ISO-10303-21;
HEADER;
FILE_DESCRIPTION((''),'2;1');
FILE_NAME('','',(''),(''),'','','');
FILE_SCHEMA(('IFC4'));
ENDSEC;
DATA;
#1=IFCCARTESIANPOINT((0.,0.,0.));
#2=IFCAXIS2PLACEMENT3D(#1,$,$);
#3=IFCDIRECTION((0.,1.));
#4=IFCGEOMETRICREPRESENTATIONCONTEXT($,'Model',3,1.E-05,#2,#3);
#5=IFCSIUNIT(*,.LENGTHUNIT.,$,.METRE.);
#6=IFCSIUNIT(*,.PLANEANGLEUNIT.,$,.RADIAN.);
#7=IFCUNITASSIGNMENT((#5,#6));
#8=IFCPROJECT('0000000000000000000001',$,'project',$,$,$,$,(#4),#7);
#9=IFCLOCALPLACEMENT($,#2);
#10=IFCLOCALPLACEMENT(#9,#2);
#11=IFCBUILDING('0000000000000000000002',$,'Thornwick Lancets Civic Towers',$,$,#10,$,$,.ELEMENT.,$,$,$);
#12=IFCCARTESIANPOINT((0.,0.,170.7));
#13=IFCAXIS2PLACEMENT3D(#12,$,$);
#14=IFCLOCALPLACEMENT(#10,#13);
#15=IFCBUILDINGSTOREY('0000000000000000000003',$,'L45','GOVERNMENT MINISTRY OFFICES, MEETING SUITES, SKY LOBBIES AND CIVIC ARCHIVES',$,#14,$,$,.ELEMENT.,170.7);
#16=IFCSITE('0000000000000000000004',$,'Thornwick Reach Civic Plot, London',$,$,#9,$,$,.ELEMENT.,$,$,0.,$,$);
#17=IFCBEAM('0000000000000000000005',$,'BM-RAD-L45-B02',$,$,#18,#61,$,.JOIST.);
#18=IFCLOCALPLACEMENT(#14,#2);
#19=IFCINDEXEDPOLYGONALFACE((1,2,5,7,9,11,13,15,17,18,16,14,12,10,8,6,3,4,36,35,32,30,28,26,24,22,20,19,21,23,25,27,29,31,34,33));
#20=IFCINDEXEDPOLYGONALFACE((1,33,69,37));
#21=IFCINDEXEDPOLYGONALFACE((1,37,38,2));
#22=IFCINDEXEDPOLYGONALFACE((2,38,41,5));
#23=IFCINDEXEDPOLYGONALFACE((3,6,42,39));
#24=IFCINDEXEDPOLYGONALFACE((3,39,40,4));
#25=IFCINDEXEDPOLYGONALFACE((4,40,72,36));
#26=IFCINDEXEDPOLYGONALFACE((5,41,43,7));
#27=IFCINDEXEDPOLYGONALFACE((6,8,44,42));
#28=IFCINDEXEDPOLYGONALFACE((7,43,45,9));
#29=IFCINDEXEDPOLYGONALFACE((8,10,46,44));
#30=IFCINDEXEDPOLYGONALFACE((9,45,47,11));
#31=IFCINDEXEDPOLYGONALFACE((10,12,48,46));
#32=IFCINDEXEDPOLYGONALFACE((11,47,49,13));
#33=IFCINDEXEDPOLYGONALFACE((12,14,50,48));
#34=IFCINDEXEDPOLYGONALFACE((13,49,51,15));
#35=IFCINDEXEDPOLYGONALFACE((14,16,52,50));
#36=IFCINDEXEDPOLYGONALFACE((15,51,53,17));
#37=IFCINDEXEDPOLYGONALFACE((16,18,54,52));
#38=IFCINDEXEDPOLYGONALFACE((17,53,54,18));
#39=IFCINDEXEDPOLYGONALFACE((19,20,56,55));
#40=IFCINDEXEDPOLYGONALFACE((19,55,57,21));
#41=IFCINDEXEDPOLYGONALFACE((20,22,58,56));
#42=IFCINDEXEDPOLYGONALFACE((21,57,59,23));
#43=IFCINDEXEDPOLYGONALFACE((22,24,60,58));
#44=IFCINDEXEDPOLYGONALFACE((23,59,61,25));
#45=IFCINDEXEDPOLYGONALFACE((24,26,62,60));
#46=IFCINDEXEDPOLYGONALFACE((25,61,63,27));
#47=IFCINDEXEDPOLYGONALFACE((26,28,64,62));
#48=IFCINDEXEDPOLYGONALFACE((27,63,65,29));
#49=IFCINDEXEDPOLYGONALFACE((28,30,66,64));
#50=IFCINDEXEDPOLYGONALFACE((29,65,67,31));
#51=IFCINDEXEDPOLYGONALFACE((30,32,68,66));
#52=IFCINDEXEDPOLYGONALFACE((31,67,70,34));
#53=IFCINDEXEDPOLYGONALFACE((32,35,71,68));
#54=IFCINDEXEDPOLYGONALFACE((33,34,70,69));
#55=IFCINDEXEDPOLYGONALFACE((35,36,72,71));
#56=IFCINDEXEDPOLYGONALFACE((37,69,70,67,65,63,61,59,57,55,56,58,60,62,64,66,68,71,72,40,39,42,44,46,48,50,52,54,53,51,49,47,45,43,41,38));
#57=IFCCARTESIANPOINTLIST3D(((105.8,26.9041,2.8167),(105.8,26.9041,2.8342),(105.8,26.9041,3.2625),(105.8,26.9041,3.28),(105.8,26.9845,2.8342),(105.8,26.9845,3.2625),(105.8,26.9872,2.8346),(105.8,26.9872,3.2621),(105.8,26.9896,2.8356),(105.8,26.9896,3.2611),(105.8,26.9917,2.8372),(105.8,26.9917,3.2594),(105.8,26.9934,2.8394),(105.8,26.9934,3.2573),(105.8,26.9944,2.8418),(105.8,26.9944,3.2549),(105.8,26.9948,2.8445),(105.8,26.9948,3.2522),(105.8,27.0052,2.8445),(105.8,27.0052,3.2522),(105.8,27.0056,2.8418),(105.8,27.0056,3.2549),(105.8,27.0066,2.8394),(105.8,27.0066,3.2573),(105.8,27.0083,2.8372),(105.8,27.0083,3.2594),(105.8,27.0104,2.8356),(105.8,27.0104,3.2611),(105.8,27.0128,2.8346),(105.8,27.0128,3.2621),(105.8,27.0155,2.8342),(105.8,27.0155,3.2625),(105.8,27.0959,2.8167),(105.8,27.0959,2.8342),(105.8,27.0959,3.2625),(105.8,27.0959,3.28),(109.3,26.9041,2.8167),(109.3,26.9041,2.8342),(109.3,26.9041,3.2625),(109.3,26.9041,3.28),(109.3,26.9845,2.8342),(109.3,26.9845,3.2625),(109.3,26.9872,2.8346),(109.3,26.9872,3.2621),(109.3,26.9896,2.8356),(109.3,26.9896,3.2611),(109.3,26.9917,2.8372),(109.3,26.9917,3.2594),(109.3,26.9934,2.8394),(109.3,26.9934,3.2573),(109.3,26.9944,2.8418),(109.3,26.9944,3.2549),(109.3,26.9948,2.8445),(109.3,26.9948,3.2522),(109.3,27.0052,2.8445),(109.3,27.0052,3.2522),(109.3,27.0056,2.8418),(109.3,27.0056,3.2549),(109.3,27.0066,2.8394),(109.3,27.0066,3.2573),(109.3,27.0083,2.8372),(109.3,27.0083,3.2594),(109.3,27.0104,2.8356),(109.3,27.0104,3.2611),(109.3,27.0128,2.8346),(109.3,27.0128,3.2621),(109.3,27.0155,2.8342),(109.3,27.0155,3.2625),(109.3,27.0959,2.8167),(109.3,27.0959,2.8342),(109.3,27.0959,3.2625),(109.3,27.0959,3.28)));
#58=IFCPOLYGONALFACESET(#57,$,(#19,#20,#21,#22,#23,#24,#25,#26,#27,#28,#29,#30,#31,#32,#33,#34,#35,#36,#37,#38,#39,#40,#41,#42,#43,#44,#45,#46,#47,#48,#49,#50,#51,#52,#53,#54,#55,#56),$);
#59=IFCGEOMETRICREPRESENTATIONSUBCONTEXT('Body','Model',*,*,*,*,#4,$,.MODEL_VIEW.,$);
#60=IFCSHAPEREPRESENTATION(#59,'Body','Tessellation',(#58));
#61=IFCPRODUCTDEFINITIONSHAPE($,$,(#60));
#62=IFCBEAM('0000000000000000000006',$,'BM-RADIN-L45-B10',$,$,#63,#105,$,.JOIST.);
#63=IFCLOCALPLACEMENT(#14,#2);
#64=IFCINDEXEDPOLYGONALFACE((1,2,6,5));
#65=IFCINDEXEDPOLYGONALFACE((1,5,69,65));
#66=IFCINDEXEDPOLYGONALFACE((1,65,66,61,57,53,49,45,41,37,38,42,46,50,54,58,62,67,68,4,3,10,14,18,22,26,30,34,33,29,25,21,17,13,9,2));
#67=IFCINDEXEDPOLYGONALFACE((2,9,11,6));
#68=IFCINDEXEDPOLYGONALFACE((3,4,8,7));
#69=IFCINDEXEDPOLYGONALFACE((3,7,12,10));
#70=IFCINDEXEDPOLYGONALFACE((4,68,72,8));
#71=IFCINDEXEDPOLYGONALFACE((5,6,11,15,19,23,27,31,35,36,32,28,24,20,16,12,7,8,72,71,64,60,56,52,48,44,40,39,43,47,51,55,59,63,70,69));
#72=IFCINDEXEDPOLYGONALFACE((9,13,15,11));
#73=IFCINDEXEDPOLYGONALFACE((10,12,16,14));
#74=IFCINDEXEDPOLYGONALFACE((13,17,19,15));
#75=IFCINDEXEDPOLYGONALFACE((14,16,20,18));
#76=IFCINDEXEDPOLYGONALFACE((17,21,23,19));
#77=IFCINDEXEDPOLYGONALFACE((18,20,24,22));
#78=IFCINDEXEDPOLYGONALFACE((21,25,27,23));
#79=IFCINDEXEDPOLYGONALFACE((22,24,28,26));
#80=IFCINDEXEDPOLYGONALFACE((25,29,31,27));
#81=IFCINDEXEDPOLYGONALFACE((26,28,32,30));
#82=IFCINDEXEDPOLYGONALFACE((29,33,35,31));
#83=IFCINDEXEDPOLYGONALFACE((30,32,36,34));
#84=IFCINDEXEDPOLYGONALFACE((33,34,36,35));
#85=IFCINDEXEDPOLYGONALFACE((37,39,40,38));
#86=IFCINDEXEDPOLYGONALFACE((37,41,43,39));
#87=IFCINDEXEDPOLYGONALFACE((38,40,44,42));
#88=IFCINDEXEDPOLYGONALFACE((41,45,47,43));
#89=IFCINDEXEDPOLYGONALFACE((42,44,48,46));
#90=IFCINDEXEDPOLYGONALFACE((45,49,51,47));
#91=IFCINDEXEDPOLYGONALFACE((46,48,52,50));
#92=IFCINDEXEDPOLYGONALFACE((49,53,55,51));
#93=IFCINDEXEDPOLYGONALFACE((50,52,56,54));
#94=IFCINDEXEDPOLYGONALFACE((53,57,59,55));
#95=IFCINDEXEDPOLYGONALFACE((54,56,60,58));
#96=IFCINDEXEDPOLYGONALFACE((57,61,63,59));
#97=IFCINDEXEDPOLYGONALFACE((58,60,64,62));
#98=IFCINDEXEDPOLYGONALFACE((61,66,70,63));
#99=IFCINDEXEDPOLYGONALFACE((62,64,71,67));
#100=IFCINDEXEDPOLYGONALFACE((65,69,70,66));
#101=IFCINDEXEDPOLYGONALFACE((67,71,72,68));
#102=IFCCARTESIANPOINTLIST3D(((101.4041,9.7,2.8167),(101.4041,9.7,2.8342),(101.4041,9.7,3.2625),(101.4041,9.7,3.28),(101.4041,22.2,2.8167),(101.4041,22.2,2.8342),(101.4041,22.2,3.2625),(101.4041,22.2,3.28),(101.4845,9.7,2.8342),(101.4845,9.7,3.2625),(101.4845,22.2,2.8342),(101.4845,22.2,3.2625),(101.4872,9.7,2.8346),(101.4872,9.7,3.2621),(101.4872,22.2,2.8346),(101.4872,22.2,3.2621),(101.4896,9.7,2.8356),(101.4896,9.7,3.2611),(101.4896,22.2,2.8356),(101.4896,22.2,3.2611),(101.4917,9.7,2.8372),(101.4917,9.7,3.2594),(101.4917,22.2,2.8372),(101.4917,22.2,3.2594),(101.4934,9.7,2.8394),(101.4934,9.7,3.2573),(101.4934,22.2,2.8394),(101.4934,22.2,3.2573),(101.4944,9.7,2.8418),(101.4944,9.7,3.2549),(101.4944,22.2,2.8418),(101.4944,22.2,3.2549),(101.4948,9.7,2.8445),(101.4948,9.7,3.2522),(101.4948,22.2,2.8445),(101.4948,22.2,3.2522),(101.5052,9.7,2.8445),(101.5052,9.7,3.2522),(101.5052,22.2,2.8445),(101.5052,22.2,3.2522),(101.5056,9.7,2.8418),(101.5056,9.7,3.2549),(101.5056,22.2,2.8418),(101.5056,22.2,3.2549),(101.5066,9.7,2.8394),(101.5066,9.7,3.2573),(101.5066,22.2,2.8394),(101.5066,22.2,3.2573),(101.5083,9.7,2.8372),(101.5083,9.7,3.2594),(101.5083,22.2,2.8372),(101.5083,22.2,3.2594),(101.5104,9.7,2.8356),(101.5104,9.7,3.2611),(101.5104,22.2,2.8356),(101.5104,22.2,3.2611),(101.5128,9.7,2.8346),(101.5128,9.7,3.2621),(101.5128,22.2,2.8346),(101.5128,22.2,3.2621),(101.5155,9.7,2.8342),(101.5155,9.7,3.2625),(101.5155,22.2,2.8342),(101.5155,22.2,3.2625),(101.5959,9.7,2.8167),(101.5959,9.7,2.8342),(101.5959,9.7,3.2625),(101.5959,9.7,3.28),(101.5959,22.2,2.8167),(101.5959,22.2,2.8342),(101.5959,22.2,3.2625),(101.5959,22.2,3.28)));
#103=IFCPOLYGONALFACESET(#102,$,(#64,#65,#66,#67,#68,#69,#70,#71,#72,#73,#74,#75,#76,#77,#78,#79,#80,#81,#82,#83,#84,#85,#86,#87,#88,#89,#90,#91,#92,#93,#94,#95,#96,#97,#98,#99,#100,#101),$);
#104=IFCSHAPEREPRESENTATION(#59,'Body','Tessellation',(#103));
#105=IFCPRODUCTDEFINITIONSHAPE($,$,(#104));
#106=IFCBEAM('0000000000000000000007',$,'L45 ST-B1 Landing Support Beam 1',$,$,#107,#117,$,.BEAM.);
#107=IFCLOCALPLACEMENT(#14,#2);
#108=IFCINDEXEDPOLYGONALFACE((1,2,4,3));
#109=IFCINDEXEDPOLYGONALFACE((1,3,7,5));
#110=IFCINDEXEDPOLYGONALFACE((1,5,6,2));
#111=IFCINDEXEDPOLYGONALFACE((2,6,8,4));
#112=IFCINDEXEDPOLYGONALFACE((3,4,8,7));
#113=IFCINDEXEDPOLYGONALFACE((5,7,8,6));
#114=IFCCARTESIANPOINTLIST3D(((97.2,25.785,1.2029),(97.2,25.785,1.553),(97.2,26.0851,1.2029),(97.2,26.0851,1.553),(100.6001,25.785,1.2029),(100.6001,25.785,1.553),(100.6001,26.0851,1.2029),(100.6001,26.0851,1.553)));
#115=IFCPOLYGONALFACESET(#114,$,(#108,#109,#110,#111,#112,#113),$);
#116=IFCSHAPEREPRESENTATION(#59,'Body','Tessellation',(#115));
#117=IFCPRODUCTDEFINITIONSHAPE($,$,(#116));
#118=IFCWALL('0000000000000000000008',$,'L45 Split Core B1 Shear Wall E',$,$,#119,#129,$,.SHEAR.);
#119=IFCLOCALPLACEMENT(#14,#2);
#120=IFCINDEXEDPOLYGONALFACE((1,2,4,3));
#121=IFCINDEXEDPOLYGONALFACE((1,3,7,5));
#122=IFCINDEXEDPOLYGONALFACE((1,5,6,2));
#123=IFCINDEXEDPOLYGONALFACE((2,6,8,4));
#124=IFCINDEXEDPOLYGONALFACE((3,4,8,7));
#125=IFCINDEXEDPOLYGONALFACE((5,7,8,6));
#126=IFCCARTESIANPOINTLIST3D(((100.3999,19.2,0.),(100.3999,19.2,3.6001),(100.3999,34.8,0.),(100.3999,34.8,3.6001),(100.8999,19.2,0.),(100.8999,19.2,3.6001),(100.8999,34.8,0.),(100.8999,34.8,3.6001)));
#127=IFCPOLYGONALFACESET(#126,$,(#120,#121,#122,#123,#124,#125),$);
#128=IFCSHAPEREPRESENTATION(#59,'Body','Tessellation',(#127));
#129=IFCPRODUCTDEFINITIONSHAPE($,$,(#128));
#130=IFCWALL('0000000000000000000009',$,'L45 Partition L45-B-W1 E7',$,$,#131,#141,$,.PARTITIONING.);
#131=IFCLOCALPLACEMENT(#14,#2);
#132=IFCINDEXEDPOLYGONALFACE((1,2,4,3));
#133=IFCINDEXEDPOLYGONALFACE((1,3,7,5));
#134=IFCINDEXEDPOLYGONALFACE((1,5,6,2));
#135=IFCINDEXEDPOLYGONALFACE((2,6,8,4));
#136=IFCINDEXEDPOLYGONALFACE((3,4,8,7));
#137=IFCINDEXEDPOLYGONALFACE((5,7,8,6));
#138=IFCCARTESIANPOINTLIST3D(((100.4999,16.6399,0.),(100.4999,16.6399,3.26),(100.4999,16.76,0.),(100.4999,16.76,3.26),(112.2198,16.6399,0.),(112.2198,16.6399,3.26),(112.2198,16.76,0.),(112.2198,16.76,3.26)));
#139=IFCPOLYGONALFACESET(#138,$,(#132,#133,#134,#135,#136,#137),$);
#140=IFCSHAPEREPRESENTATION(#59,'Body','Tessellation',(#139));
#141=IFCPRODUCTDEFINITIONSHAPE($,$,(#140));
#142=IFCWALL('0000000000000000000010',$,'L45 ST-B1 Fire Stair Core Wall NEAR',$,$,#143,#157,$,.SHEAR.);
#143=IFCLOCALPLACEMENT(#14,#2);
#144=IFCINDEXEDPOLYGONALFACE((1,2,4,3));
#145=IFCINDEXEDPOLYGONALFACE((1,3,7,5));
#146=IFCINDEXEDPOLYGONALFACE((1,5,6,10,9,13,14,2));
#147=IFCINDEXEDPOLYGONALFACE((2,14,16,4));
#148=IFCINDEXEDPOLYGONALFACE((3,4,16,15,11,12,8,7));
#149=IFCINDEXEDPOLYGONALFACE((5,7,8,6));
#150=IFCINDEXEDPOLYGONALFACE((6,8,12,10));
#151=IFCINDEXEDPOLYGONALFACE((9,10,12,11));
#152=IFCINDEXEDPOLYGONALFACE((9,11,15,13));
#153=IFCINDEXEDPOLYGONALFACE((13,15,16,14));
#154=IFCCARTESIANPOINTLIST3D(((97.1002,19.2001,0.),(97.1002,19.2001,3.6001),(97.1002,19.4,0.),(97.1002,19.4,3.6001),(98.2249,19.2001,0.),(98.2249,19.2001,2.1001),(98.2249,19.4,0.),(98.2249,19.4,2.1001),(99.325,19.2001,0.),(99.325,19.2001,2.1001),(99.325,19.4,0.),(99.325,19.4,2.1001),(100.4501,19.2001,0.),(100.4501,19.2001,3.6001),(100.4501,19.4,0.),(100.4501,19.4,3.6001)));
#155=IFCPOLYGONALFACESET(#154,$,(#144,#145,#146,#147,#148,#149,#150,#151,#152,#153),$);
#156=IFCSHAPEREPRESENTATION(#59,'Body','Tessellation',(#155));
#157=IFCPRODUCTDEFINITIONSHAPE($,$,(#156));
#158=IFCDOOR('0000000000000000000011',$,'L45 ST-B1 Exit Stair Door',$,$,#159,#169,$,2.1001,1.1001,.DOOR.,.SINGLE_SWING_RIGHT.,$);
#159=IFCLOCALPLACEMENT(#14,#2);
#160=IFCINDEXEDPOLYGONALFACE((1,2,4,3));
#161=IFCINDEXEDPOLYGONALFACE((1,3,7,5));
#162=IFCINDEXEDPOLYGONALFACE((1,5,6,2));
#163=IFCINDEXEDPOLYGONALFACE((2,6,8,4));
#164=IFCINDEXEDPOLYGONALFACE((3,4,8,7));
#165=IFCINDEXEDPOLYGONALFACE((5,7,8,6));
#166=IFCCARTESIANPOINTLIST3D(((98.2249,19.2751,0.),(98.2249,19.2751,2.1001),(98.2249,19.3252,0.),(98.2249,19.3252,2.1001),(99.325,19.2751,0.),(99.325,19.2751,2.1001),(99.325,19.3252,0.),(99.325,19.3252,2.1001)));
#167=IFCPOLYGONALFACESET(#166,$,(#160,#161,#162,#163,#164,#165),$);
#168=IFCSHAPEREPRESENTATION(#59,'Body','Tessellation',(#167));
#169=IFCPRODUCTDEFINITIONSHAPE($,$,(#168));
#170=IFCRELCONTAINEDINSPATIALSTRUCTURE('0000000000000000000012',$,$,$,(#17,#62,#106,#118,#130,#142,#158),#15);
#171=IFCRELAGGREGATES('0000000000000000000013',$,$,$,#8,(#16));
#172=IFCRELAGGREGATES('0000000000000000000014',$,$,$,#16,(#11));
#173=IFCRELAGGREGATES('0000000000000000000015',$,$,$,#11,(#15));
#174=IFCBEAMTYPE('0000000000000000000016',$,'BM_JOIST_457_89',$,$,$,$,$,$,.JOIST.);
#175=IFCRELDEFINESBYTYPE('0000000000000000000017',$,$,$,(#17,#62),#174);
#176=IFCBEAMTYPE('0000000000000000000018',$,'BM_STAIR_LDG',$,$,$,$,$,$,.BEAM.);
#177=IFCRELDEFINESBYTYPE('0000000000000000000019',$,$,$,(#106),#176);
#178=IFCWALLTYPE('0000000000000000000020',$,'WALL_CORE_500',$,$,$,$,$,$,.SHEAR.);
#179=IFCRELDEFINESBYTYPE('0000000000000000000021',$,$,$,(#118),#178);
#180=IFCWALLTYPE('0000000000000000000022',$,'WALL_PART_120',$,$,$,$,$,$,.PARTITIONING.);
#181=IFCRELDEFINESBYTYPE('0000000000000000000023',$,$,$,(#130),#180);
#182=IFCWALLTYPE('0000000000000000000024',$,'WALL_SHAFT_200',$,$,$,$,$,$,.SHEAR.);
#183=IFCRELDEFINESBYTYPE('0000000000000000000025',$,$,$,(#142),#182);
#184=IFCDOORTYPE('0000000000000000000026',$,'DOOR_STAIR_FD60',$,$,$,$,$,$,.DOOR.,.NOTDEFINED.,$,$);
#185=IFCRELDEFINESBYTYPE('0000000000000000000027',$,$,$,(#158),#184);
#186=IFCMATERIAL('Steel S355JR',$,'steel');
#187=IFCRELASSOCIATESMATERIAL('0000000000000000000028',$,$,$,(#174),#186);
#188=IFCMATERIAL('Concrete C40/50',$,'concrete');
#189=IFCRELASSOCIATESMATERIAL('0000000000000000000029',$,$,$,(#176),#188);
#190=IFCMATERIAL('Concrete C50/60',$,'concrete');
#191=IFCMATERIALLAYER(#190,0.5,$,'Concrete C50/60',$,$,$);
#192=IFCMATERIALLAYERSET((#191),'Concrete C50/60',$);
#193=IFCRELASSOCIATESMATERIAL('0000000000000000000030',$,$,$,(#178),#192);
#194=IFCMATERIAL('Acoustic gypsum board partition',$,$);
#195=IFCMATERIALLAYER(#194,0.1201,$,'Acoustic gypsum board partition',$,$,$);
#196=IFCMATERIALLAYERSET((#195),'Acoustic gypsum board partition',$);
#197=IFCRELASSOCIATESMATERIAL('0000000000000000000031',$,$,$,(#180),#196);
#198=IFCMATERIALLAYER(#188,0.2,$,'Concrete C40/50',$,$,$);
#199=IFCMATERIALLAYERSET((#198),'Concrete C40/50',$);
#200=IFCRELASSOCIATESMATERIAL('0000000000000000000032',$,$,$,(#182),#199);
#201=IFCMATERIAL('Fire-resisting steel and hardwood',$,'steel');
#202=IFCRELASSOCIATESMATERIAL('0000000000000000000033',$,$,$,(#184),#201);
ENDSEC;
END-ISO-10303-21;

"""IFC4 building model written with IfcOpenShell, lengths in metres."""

from ifc_helpers import new_model, si_unit, direction, frame, frame_2d, origin, origin_2d, place, context, subcontext, project, spatial, rectangle, i_section, extrude, material, layer, layer_set, material_profile, profile_set, type_object, element, fill, save


model = new_model("IFC4")

# Units and contexts
model_context = context("Model", 3, precision=1e-05, world=origin(), true_north=direction((0.0, 1.0)))
body_context = subcontext(model_context, "Body", "Model", "MODEL_VIEW")
ifc_project = project(units=[si_unit("LENGTHUNIT", "METRE"), si_unit("PLANEANGLEUNIT", "RADIAN")], contexts=[model_context])

# Site, building, storey
site_placement = place(None, origin())
site = spatial("IfcSite", under=ifc_project, at=site_placement, Name="Thornwick Reach Civic Plot, London", CompositionType="ELEMENT", RefElevation=0.0)
building_placement = place(site_placement, origin())
building = spatial("IfcBuilding", under=site, at=building_placement, Name="Thornwick Lancets Civic Towers", CompositionType="ELEMENT")
storey_placement = place(building_placement, frame((0.0, 0.0, 170.7)))
storey = spatial("IfcBuildingStorey", under=building, at=storey_placement, Name="L45", Description="GOVERNMENT MINISTRY OFFICES, MEETING SUITES, SKY LOBBIES AND CIVIC ARCHIVES", CompositionType="ELEMENT", Elevation=170.7)

# Shared definitions
ifc_material_1 = material(Name="Concrete C50/60", Category="concrete")

# Beams
ifc_material_2 = material(Name="Steel S355JR", Category="steel")
ifc_material_profile_1 = material_profile(ifc_material_2, i_section(OverallWidth=0.1919, OverallDepth=0.4634, WebThickness=0.0105, FlangeThickness=0.0176, FilletRadius=0.0103, at=origin_2d()), Name="UKB 457x191x89")
ifc_profile_set_1 = profile_set([ifc_material_profile_1], Name="Steel S355JR")
beam_type_1 = type_object("IfcBeamType", Name="BM_JOIST_457_89", PredefinedType="JOIST", material=ifc_profile_set_1)
beam_1_placement = place(storey_placement, frame((105.8, 27.0, 3.0483), z_axis=(1.0, 0.0, 0.0), x_axis=(0.0, 1.0, 0.0)))
element("IfcBeam", 1, at=beam_1_placement, inside=storey, type_object=beam_type_1, Name="BM-RAD-L45-B02", PredefinedType="JOIST", context=body_context, shape_type="SweptSolid", body=[
    extrude(i_section(OverallWidth=0.1919, OverallDepth=0.4634, WebThickness=0.0105, FlangeThickness=0.0176, FilletRadius=0.0103, at=origin_2d()), origin(), (0.0, 0.0, 1.0), 3.5),
])
beam_2_placement = place(storey_placement, frame((101.5, 22.2, 3.0483), z_axis=(0.0, -1.0, 0.0), x_axis=(1.0, 0.0, 0.0)))
element("IfcBeam", 2, at=beam_2_placement, inside=storey, type_object=beam_type_1, Name="BM-RADIN-L45-B10", PredefinedType="JOIST", context=body_context, shape_type="SweptSolid", body=[
    extrude(i_section(OverallWidth=0.1919, OverallDepth=0.4634, WebThickness=0.0105, FlangeThickness=0.0176, FilletRadius=0.0103, at=origin_2d()), origin(), (0.0, 0.0, 1.0), 12.5),
])
ifc_material_3 = material(Name="Concrete C40/50", Category="concrete")
ifc_material_profile_2 = material_profile(ifc_material_3, rectangle(XDim=0.3, YDim=0.3501, at=origin_2d()), Name="RC 300x350")
ifc_profile_set_2 = profile_set([ifc_material_profile_2], Name="Concrete C40/50")
beam_type_2 = type_object("IfcBeamType", Name="BM_STAIR_LDG", PredefinedType="BEAM", material=ifc_profile_set_2)
beam_3_placement = place(storey_placement, frame((100.6001, 25.9351, 1.3779), z_axis=(-1.0, 0.0, 0.0), x_axis=(0.0, -1.0, 0.0)))
element("IfcBeam", 3, at=beam_3_placement, inside=storey, type_object=beam_type_2, Name="L45 ST-B1 Landing Support Beam 1", PredefinedType="BEAM", context=body_context, shape_type="SweptSolid", body=[
    extrude(rectangle(XDim=0.3, YDim=0.3501, at=origin_2d()), origin(), (0.0, 0.0, 1.0), 3.4001),
])

# Walls
ifc_layer_1 = layer(ifc_material_1, 0.5, Name="Concrete C50/60")
ifc_layer_set_1 = layer_set([ifc_layer_1], Name="Concrete C50/60")
wall_type_1 = type_object("IfcWallType", Name="WALL_CORE_500", PredefinedType="SHEAR", material=ifc_layer_set_1)
wall_1_placement = place(storey_placement, frame((100.6499, 19.2, 0.0), z_axis=(0.0, 0.0, 1.0), x_axis=(0.0, 1.0, 0.0)))
element("IfcWall", 4, at=wall_1_placement, inside=storey, type_object=wall_type_1, Name="L45 Split Core B1 Shear Wall E", PredefinedType="SHEAR", context=body_context, shape_type="SweptSolid", body=[
    extrude(rectangle(XDim=15.6001, YDim=0.5, at=frame_2d((7.8, 0.0))), origin(), (0.0, 0.0, 1.0), 3.6001),
])
ifc_material_4 = material(Name="Acoustic gypsum board partition")
ifc_layer_2 = layer(ifc_material_4, 0.1201, Name="Acoustic gypsum board partition")
ifc_layer_set_2 = layer_set([ifc_layer_2], Name="Acoustic gypsum board partition")
wall_type_2 = type_object("IfcWallType", Name="WALL_PART_120", PredefinedType="PARTITIONING", material=ifc_layer_set_2)
wall_2_placement = place(storey_placement, frame((100.5, 16.7, 0.0), z_axis=(0.0, 0.0, 1.0), x_axis=(1.0, 0.0, 0.0)))
element("IfcWall", 5, at=wall_2_placement, inside=storey, type_object=wall_type_2, Name="L45 Partition L45-B-W1 E7", PredefinedType="PARTITIONING", context=body_context, shape_type="SweptSolid", body=[
    extrude(rectangle(XDim=11.72, YDim=0.1201, at=frame_2d((5.8599, 0.0))), origin(), (0.0, 0.0, 1.0), 3.26),
])

# Wall, opening, door
ifc_layer_3 = layer(ifc_material_3, 0.2, Name="Concrete C40/50")
ifc_layer_set_3 = layer_set([ifc_layer_3], Name="Concrete C40/50")
wall_type_3 = type_object("IfcWallType", Name="WALL_SHAFT_200", PredefinedType="SHEAR", material=ifc_layer_set_3)
wall_3_placement = place(storey_placement, frame((100.45, 19.3, 0.0), z_axis=(0.0, 0.0, 1.0), x_axis=(-1.0, 0.0, 0.0)))
wall_3 = element("IfcWall", 6, at=wall_3_placement, inside=storey, type_object=wall_type_3, Name="L45 ST-B1 Fire Stair Core Wall NEAR", PredefinedType="SHEAR", context=body_context, shape_type="SweptSolid", body=[
    extrude(rectangle(XDim=3.3499, YDim=0.2, at=frame_2d((1.6748, 0.0))), origin(), (0.0, 0.0, 1.0), 3.6001),
])
opening_placement = place(wall_3_placement, frame((1.125, 0.0, 0.0)))
opening = element("IfcOpeningElement", 7, at=opening_placement, cuts=wall_3, PredefinedType="OPENING", context=body_context, shape_type="SweptSolid", body=[
    extrude(rectangle(XDim=1.1001, YDim=2.1001, at=frame_2d((0.55, 1.05))), frame((0.0, 0.1099, 0.0), z_axis=(0.0, -1.0, 0.0), x_axis=(1.0, 0.0, 0.0)), (0.0, 0.0, 1.0), 0.22),
])
ifc_material_5 = material(Name="Fire-resisting steel and hardwood", Category="steel")
door_type = type_object("IfcDoorType", Name="DOOR_STAIR_FD60", OperationType="NOTDEFINED", PredefinedType="DOOR", material=ifc_material_5)
door_placement = place(opening_placement, origin())
door = element("IfcDoor", 8, at=door_placement, inside=storey, type_object=door_type, Name="L45 ST-B1 Exit Stair Door", OperationType="SINGLE_SWING_RIGHT", OverallHeight=2.1001, OverallWidth=1.1001, PredefinedType="DOOR", context=body_context, shape_type="SweptSolid", body=[
    extrude(rectangle(XDim=1.1001, YDim=2.1001, at=frame_2d((0.55, 1.05))), frame((0.0, 0.0249, 0.0), z_axis=(0.0, -1.0, 0.0), x_axis=(1.0, 0.0, 0.0)), (0.0, 0.0, 1.0), 0.05),
])
fill(opening, door)

save(model, "model.ifc")
